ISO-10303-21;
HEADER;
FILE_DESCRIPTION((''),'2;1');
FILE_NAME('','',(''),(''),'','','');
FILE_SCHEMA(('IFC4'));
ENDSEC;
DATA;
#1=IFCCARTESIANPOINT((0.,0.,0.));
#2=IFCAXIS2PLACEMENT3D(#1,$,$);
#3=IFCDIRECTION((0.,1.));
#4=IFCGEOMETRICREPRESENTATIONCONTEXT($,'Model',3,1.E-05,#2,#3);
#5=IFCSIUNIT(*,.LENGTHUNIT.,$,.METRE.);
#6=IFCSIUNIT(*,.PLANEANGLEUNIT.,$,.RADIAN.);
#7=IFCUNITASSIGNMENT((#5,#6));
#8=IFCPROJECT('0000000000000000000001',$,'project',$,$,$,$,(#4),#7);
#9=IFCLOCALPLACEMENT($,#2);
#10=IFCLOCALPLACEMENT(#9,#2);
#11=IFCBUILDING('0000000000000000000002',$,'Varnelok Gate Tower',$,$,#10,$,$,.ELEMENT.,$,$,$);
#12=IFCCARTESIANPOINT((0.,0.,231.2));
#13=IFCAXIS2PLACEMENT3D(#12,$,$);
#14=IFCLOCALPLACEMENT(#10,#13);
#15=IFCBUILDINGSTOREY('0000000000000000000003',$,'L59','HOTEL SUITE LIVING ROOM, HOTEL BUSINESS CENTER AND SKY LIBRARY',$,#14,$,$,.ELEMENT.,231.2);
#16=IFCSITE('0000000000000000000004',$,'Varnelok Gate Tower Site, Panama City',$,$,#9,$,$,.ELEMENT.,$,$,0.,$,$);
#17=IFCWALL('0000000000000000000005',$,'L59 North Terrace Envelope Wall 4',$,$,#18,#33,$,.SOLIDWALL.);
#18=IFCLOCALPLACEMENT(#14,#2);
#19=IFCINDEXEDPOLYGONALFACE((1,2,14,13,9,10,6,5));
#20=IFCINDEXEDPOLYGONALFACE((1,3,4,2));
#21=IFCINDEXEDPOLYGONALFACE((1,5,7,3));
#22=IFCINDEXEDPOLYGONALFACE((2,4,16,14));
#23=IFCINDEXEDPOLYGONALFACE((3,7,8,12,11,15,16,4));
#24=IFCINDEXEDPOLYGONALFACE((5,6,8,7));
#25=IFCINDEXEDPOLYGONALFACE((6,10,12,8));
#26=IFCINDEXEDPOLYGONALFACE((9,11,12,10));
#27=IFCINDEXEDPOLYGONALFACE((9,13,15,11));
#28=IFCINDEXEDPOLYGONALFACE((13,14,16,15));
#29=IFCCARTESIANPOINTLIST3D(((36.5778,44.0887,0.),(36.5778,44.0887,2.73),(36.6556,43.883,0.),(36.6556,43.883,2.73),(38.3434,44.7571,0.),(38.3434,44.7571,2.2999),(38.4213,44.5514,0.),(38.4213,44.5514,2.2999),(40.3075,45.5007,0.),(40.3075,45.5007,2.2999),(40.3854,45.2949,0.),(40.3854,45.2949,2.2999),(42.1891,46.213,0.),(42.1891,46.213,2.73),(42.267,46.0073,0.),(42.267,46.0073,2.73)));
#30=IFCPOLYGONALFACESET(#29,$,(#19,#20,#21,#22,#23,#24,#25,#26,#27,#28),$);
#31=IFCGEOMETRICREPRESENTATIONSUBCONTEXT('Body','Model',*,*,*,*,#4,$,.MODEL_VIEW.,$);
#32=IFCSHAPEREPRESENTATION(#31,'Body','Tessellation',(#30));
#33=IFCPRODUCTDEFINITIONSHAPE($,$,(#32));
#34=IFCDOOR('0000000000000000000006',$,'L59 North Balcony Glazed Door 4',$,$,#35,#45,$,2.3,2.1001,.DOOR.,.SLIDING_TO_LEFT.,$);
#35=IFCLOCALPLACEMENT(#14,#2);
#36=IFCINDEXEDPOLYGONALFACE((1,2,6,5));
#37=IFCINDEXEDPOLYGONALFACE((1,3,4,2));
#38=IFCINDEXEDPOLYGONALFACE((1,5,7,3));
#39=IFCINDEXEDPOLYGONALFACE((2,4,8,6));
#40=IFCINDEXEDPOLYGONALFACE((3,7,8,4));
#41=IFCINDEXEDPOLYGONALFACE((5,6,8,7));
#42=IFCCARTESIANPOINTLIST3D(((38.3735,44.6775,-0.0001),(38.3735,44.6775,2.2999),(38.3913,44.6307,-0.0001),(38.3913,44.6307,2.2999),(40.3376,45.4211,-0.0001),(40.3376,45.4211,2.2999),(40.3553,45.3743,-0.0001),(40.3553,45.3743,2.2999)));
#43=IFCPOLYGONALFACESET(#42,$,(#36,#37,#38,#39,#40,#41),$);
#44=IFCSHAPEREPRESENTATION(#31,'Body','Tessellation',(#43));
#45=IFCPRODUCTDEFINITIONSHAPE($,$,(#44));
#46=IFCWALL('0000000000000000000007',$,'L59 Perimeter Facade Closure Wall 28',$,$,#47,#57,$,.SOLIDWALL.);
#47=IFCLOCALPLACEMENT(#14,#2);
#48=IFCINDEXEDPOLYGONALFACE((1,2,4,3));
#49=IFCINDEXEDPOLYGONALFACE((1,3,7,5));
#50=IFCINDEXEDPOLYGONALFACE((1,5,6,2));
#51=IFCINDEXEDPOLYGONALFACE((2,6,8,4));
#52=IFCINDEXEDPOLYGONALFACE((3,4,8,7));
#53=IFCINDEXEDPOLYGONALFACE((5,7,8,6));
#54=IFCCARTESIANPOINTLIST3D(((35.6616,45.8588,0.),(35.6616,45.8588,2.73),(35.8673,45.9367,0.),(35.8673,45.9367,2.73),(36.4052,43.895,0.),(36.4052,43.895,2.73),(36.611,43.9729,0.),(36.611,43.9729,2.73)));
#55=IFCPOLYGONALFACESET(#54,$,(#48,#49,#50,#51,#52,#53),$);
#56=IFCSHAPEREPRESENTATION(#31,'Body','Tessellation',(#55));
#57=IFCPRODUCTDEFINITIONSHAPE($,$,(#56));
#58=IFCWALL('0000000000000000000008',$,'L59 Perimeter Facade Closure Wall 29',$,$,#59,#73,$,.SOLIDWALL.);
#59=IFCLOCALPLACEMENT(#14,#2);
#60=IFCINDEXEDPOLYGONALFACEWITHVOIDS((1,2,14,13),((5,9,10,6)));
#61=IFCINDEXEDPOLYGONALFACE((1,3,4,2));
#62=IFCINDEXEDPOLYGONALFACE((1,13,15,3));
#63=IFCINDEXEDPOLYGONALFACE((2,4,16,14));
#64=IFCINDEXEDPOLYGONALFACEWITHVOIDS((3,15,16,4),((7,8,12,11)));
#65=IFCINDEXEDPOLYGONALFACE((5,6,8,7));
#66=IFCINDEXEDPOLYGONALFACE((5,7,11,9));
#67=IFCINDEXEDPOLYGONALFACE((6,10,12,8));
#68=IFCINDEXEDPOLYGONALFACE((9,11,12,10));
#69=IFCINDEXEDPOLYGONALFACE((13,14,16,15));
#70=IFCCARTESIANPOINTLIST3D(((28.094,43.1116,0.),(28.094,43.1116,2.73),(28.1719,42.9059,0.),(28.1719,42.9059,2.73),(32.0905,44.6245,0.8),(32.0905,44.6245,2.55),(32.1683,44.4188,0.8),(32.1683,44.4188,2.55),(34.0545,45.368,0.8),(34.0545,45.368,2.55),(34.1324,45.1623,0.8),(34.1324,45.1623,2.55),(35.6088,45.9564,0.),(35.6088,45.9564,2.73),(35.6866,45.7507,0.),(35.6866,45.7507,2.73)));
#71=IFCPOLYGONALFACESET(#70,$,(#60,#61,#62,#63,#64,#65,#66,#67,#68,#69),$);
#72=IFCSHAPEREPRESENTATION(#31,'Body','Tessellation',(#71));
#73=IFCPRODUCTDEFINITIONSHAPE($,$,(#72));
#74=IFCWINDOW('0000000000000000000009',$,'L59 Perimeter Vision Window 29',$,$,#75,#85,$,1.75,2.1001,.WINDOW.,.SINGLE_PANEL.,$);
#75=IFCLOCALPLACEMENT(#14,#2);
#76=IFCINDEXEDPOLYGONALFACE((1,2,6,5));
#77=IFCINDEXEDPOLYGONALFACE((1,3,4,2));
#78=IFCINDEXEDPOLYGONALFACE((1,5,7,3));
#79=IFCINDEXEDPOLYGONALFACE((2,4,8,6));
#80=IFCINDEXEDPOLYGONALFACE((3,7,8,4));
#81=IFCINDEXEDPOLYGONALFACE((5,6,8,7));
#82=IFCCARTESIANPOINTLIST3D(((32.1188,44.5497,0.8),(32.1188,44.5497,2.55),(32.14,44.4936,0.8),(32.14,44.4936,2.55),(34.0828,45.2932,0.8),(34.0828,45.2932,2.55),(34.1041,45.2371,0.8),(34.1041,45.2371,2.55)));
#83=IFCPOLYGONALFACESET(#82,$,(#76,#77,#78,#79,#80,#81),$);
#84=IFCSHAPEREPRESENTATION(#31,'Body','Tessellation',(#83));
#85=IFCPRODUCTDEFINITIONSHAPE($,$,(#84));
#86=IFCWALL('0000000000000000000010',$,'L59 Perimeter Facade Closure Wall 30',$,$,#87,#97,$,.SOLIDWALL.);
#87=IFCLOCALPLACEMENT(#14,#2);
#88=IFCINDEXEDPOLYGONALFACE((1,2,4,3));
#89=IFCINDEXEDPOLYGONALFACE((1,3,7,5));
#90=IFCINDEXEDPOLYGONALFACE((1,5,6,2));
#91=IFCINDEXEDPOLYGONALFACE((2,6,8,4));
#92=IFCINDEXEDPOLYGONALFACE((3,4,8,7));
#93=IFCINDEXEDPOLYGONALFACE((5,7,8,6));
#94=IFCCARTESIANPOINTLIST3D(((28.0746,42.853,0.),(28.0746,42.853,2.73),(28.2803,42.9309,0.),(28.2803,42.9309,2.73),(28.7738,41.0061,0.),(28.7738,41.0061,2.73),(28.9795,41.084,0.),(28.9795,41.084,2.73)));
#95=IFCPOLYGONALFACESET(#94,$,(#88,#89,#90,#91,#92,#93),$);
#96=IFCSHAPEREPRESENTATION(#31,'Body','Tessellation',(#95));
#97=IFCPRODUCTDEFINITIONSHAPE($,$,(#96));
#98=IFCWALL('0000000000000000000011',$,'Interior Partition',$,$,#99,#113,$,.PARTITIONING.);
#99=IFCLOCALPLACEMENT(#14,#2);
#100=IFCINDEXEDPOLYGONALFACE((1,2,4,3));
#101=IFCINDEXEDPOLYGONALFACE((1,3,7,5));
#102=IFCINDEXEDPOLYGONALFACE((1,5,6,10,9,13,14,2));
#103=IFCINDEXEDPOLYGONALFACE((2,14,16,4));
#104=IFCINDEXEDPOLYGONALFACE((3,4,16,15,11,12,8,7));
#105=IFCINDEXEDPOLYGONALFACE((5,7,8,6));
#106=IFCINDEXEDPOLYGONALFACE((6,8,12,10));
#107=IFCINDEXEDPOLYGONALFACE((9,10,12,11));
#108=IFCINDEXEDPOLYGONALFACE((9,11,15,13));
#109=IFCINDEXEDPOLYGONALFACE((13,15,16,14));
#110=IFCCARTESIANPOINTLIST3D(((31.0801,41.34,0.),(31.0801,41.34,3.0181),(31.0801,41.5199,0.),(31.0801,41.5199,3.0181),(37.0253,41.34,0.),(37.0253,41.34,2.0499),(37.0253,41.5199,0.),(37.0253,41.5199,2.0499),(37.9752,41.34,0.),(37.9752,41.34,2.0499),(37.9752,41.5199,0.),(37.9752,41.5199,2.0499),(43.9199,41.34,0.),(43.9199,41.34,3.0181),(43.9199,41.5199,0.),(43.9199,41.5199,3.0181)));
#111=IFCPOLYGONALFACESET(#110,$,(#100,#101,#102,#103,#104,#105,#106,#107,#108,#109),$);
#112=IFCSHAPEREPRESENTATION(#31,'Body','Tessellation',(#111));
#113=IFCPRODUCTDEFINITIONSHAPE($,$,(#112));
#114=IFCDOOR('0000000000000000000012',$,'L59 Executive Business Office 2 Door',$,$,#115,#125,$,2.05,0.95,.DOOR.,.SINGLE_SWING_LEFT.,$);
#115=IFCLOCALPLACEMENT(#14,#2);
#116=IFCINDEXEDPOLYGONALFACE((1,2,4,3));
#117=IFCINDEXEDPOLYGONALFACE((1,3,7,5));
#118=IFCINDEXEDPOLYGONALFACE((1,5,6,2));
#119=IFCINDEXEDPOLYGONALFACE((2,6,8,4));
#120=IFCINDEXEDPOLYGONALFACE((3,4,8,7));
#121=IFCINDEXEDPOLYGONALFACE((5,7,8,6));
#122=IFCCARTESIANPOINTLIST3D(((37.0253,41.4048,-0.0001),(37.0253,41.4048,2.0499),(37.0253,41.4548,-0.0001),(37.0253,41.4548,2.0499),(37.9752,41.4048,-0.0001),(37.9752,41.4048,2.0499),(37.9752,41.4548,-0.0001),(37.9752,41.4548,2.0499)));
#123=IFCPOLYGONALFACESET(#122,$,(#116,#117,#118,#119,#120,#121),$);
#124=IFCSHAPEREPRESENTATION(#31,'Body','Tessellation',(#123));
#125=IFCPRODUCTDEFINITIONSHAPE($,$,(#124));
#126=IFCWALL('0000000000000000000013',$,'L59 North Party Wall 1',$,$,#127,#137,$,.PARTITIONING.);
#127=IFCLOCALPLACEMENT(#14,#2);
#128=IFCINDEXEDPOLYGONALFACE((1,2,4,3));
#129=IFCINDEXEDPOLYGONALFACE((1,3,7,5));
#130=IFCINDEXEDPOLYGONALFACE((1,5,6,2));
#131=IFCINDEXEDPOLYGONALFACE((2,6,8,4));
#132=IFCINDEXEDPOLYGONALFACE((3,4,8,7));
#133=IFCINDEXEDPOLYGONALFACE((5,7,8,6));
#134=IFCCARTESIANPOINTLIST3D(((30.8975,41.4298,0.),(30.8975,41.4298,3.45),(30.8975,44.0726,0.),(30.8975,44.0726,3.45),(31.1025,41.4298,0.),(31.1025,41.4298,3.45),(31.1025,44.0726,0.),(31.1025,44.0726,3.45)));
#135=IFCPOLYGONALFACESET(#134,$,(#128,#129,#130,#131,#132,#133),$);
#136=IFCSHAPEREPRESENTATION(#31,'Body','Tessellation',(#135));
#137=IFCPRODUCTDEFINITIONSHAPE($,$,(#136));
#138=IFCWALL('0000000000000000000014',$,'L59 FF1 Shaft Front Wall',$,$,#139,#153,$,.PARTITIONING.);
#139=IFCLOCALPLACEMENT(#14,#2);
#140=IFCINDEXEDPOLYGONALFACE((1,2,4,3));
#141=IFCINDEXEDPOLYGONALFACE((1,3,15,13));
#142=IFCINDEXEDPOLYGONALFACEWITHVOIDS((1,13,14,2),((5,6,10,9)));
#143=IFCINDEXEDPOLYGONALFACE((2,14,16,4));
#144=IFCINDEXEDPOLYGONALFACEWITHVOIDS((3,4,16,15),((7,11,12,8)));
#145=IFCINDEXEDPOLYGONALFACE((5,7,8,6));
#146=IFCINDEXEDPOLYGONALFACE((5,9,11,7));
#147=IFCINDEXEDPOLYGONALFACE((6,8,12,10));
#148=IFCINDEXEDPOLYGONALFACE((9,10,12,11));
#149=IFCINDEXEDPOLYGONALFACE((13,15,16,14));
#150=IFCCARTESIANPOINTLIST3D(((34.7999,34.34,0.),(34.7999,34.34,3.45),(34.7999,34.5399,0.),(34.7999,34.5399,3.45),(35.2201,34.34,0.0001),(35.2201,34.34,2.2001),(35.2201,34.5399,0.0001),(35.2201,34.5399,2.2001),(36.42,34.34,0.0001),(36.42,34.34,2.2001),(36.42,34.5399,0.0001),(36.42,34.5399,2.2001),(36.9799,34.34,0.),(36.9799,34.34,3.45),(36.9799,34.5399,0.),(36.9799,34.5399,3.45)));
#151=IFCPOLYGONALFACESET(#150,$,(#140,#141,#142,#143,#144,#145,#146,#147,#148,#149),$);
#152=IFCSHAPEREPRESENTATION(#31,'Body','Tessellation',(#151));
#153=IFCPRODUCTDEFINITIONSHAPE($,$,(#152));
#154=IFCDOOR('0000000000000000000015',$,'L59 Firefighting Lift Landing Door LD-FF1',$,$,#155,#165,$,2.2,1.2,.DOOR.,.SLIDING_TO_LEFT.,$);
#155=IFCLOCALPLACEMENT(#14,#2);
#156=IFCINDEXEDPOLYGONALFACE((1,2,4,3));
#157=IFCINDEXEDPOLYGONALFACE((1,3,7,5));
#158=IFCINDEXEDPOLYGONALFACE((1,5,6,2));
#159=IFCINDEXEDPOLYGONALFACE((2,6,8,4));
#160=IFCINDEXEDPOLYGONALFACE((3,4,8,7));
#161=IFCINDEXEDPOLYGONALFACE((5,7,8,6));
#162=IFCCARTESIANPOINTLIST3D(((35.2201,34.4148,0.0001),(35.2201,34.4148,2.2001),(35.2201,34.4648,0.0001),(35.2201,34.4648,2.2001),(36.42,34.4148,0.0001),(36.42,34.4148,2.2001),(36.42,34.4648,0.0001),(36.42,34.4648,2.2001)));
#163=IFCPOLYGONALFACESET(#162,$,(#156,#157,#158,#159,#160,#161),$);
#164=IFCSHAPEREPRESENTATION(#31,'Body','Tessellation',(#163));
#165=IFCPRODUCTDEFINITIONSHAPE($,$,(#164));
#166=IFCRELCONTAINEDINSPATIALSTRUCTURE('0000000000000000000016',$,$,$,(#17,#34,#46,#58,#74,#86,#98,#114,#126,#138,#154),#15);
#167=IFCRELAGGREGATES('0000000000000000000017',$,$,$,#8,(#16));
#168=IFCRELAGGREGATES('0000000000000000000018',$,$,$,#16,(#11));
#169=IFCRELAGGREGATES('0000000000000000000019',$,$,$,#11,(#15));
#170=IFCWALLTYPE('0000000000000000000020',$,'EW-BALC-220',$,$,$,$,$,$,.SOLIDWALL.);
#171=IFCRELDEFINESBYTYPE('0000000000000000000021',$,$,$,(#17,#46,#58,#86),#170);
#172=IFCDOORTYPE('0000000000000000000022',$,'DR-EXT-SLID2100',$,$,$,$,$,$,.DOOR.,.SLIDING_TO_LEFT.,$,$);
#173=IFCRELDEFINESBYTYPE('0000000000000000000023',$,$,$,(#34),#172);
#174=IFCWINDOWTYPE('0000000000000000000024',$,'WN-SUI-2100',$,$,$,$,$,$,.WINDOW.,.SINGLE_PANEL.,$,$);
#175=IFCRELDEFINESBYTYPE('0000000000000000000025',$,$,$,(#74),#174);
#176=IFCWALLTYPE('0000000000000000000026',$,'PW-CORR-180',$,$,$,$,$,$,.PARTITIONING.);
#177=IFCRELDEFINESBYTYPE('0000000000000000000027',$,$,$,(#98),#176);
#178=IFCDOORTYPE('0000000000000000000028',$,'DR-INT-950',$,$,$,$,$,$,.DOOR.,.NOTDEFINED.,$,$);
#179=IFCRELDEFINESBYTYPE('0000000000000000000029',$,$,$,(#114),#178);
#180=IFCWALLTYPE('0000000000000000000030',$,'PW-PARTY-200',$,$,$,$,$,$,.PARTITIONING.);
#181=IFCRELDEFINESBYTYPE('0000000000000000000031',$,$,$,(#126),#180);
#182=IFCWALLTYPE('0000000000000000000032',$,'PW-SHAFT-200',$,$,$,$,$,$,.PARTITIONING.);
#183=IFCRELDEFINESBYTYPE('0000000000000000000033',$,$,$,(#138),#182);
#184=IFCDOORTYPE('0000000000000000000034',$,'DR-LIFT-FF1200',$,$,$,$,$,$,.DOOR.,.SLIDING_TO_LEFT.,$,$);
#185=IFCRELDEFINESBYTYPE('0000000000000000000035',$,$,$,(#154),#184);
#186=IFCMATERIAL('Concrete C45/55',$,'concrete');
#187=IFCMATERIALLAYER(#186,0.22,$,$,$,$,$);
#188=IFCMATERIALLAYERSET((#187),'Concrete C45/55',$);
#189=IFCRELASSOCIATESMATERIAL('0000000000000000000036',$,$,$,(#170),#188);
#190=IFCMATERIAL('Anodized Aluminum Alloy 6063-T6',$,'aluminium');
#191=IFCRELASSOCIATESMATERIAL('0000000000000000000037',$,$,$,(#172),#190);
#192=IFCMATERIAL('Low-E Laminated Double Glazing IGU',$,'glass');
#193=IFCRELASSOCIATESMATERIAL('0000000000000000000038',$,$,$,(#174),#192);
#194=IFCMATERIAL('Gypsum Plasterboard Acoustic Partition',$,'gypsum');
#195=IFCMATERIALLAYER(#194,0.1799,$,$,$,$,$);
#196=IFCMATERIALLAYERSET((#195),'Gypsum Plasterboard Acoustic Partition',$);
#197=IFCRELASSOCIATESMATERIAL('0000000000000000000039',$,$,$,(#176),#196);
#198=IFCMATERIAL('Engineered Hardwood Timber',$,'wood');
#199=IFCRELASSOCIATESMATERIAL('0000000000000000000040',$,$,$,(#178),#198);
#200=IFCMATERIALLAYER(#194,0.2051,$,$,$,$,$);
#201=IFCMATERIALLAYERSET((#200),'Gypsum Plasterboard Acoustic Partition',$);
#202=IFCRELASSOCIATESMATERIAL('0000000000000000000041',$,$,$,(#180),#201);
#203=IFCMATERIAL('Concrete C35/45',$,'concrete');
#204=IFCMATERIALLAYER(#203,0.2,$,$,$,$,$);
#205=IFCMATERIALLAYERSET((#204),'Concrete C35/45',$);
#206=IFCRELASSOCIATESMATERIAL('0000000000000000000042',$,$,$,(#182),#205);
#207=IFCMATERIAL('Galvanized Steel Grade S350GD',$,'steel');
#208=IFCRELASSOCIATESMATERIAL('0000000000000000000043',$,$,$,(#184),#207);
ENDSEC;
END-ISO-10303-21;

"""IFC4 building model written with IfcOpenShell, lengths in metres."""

from ifc_helpers import new_model, si_unit, direction, frame, frame_2d, origin, place, context, subcontext, project, spatial, rectangle, extrude, material, layer, layer_set, type_object, element, fill, save


model = new_model("IFC4")

# Units and contexts
model_context = context("Model", 3, precision=1e-05, world=origin(), true_north=direction((0.0, 1.0)))
body_context = subcontext(model_context, "Body", "Model", "MODEL_VIEW")
ifc_project = project(units=[si_unit("LENGTHUNIT", "METRE"), si_unit("PLANEANGLEUNIT", "RADIAN")], contexts=[model_context])

# Site, building, storey
site_placement = place(None, origin())
site = spatial("IfcSite", under=ifc_project, at=site_placement, Name="Varnelok Gate Tower Site, Panama City", CompositionType="ELEMENT", RefElevation=0.0)
building_placement = place(site_placement, origin())
building = spatial("IfcBuilding", under=site, at=building_placement, Name="Varnelok Gate Tower", CompositionType="ELEMENT")
storey_placement = place(building_placement, frame((0.0, 0.0, 231.2)))
storey = spatial("IfcBuildingStorey", under=building, at=storey_placement, Name="L59", Description="HOTEL SUITE LIVING ROOM, HOTEL BUSINESS CENTER AND SKY LIBRARY", CompositionType="ELEMENT", Elevation=231.2)

# Wall, opening, door
ifc_material_1 = material(Name="Concrete C45/55", Category="concrete")
ifc_layer_1 = layer(ifc_material_1, 0.22)
ifc_layer_set_1 = layer_set([ifc_layer_1], Name="Concrete C45/55")
wall_type_1 = type_object("IfcWallType", Name="EW-BALC-220", PredefinedType="SOLIDWALL", material=ifc_layer_set_1)
wall_1_placement = place(storey_placement, frame((36.6167, 43.9858, 0.0), z_axis=(0.0, 0.0, 1.0), x_axis=(0.935228, 0.354047, 0.0)))
wall_1 = element("IfcWall", 1, at=wall_1_placement, inside=storey, type_object=wall_type_1, Name="L59 North Terrace Envelope Wall 4", PredefinedType="SOLIDWALL", context=body_context, shape_type="SweptSolid", body=[
    extrude(rectangle(XDim=6.0, YDim=0.22, at=frame_2d((3.0, 0.0))), origin(), (0.0, 0.0, 1.0), 2.73),
])
opening_1_placement = place(wall_1_placement, frame((1.8879, 0.0, 0.0)))
opening_1 = element("IfcOpeningElement", 2, at=opening_1_placement, cuts=wall_1, PredefinedType="OPENING", context=body_context, shape_type="SweptSolid", body=[
    extrude(rectangle(XDim=2.1001, YDim=2.3, at=frame_2d((1.05, 1.1499))), frame((0.0, 0.1199, 0.0), z_axis=(0.0, -1.0, 0.0), x_axis=(1.0, 0.0, 0.0)), (0.0, 0.0, 1.0), 0.24),
])
ifc_material_2 = material(Name="Anodized Aluminum Alloy 6063-T6", Category="aluminium")
door_type_1 = type_object("IfcDoorType", Name="DR-EXT-SLID2100", OperationType="SLIDING_TO_LEFT", PredefinedType="DOOR", material=ifc_material_2)
door_1_placement = place(opening_1_placement, origin())
door_1 = element("IfcDoor", 3, at=door_1_placement, inside=storey, type_object=door_type_1, Name="L59 North Balcony Glazed Door 4", OperationType="SLIDING_TO_LEFT", OverallHeight=2.3, OverallWidth=2.1001, PredefinedType="DOOR", context=body_context, shape_type="SweptSolid", body=[
    extrude(rectangle(XDim=2.1001, YDim=2.3, at=frame_2d((1.05, 1.1499))), frame((0.0, 0.0249, 0.0), z_axis=(0.0, -1.0, 0.0), x_axis=(1.0, 0.0, 0.0)), (0.0, 0.0, 1.0), 0.05),
])
fill(opening_1, door_1)

# Wall
wall_2_placement = place(storey_placement, frame((36.5081, 43.9341, 0.0), z_axis=(0.0, 0.0, 1.0), x_axis=(-0.354128, 0.935197, 0.0)))
element("IfcWall", 4, at=wall_2_placement, inside=storey, type_object=wall_type_1, Name="L59 Perimeter Facade Closure Wall 28", PredefinedType="SOLIDWALL", context=body_context, shape_type="SweptSolid", body=[
    extrude(rectangle(XDim=2.0999, YDim=0.22, at=frame_2d((1.0498, 0.0))), origin(), (0.0, 0.0, 1.0), 2.73),
])

# Wall, opening, window
wall_3_placement = place(storey_placement, frame((35.6477, 45.8535, 0.0), z_axis=(0.0, 0.0, 1.0), x_axis=(-0.935231, -0.354039, 0.0)))
wall_3 = element("IfcWall", 5, at=wall_3_placement, inside=storey, type_object=wall_type_1, Name="L59 Perimeter Facade Closure Wall 29", PredefinedType="SOLIDWALL", context=body_context, shape_type="SweptSolid", body=[
    extrude(rectangle(XDim=8.0352, YDim=0.22, at=frame_2d((4.0176, 0.0))), origin(), (0.0, 0.0, 1.0), 2.73),
])
opening_2_placement = place(wall_3_placement, frame((1.6619, 0.0, 0.8)))
opening_2 = element("IfcOpeningElement", 6, at=opening_2_placement, cuts=wall_3, PredefinedType="OPENING", context=body_context, shape_type="SweptSolid", body=[
    extrude(rectangle(XDim=2.1001, YDim=1.75, at=frame_2d((1.05, 0.875))), frame((0.0, 0.1199, 0.0), z_axis=(0.0, -1.0, 0.0), x_axis=(1.0, 0.0, 0.0)), (0.0, 0.0, 1.0), 0.24),
])
ifc_material_3 = material(Name="Low-E Laminated Double Glazing IGU", Category="glass")
window_type = type_object("IfcWindowType", Name="WN-SUI-2100", PartitioningType="SINGLE_PANEL", PredefinedType="WINDOW", material=ifc_material_3)
window_placement = place(opening_2_placement, origin())
window = element("IfcWindow", 7, at=window_placement, inside=storey, type_object=window_type, Name="L59 Perimeter Vision Window 29", OverallHeight=1.75, OverallWidth=2.1001, PartitioningType="SINGLE_PANEL", PredefinedType="WINDOW", context=body_context, shape_type="SweptSolid", body=[
    extrude(rectangle(XDim=2.1001, YDim=1.75, at=frame_2d((1.05, 0.875))), frame((0.0, 0.03, 0.0), z_axis=(0.0, -1.0, 0.0), x_axis=(1.0, 0.0, 0.0)), (0.0, 0.0, 1.0), 0.0601),
])
fill(opening_2, window)

# Wall
wall_4_placement = place(storey_placement, frame((28.1775, 42.8918, 0.0), z_axis=(0.0, 0.0, 1.0), x_axis=(0.354062, -0.935222, 0.0)))
element("IfcWall", 8, at=wall_4_placement, inside=storey, type_object=wall_type_1, Name="L59 Perimeter Facade Closure Wall 30", PredefinedType="SOLIDWALL", context=body_context, shape_type="SweptSolid", body=[
    extrude(rectangle(XDim=1.9749, YDim=0.22, at=frame_2d((0.9873, 0.0))), origin(), (0.0, 0.0, 1.0), 2.73),
])

# Wall, opening, door
ifc_material_4 = material(Name="Gypsum Plasterboard Acoustic Partition", Category="gypsum")
ifc_layer_2 = layer(ifc_material_4, 0.1799)
ifc_layer_set_2 = layer_set([ifc_layer_2], Name="Gypsum Plasterboard Acoustic Partition")
wall_type_2 = type_object("IfcWallType", Name="PW-CORR-180", PredefinedType="PARTITIONING", material=ifc_layer_set_2)
wall_5_placement = place(storey_placement, frame((31.0801, 41.4299, 0.0), z_axis=(0.0, 0.0, 1.0), x_axis=(1.0, 0.0, 0.0)))
wall_5 = element("IfcWall", 9, at=wall_5_placement, inside=storey, type_object=wall_type_2, Name="Interior Partition", PredefinedType="PARTITIONING", context=body_context, shape_type="SweptSolid", body=[
    extrude(rectangle(XDim=12.8398, YDim=0.1799, at=frame_2d((6.4199, 0.0))), origin(), (0.0, 0.0, 1.0), 3.0181),
])
opening_3_placement = place(wall_5_placement, frame((5.9451, 0.0, 0.0)))
opening_3 = element("IfcOpeningElement", 10, at=opening_3_placement, cuts=wall_5, PredefinedType="OPENING", context=body_context, shape_type="SweptSolid", body=[
    extrude(rectangle(XDim=0.95, YDim=2.05, at=frame_2d((0.4751, 1.0249))), frame((0.0, 0.0999, 0.0), z_axis=(0.0, -1.0, 0.0), x_axis=(1.0, 0.0, 0.0)), (0.0, 0.0, 1.0), 0.2),
])
ifc_material_5 = material(Name="Engineered Hardwood Timber", Category="wood")
door_type_2 = type_object("IfcDoorType", Name="DR-INT-950", OperationType="NOTDEFINED", PredefinedType="DOOR", material=ifc_material_5)
door_2_placement = place(opening_3_placement, origin())
door_2 = element("IfcDoor", 11, at=door_2_placement, inside=storey, type_object=door_type_2, Name="L59 Executive Business Office 2 Door", OperationType="SINGLE_SWING_LEFT", OverallHeight=2.05, OverallWidth=0.95, PredefinedType="DOOR", context=body_context, shape_type="SweptSolid", body=[
    extrude(rectangle(XDim=0.95, YDim=2.05, at=frame_2d((0.4751, 1.0249))), frame((0.0, 0.0249, 0.0), z_axis=(0.0, -1.0, 0.0), x_axis=(1.0, 0.0, 0.0)), (0.0, 0.0, 1.0), 0.05),
])
fill(opening_3, door_2)

# Wall
ifc_layer_3 = layer(ifc_material_4, 0.2051)
ifc_layer_set_3 = layer_set([ifc_layer_3], Name="Gypsum Plasterboard Acoustic Partition")
wall_type_3 = type_object("IfcWallType", Name="PW-PARTY-200", PredefinedType="PARTITIONING", material=ifc_layer_set_3)
wall_6_placement = place(storey_placement, frame((31.0, 41.4299, 0.0), z_axis=(0.0, 0.0, 1.0), x_axis=(0.0, 1.0, 0.0)))
element("IfcWall", 12, at=wall_6_placement, inside=storey, type_object=wall_type_3, Name="L59 North Party Wall 1", PredefinedType="PARTITIONING", context=body_context, shape_type="SweptSolid", body=[
    extrude(rectangle(XDim=2.6428, YDim=0.2051, at=frame_2d((1.3213, 0.0))), origin(), (0.0, 0.0, 1.0), 3.45),
])

# Wall, opening, door
ifc_material_6 = material(Name="Concrete C35/45", Category="concrete")
ifc_layer_4 = layer(ifc_material_6, 0.2)
ifc_layer_set_4 = layer_set([ifc_layer_4], Name="Concrete C35/45")
wall_type_4 = type_object("IfcWallType", Name="PW-SHAFT-200", PredefinedType="PARTITIONING", material=ifc_layer_set_4)
wall_7_placement = place(storey_placement, frame((34.8, 34.4399, 0.0), z_axis=(0.0, 0.0, 1.0), x_axis=(1.0, 0.0, 0.0)))
wall_7 = element("IfcWall", 13, at=wall_7_placement, inside=storey, type_object=wall_type_4, Name="L59 FF1 Shaft Front Wall", PredefinedType="PARTITIONING", context=body_context, shape_type="SweptSolid", body=[
    extrude(rectangle(XDim=2.1799, YDim=0.2, at=frame_2d((1.0898, 0.0))), origin(), (0.0, 0.0, 1.0), 3.45),
])
opening_4_placement = place(wall_7_placement, frame((0.4199, 0.0, 0.0)))
opening_4 = element("IfcOpeningElement", 14, at=opening_4_placement, cuts=wall_7, PredefinedType="OPENING", context=body_context, shape_type="SweptSolid", body=[
    extrude(rectangle(XDim=1.2, YDim=2.2, at=frame_2d((0.6001, 1.1001))), frame((0.0, 0.1099, 0.0), z_axis=(0.0, -1.0, 0.0), x_axis=(1.0, 0.0, 0.0)), (0.0, 0.0, 1.0), 0.22),
])
ifc_material_7 = material(Name="Galvanized Steel Grade S350GD", Category="steel")
door_type_3 = type_object("IfcDoorType", Name="DR-LIFT-FF1200", OperationType="SLIDING_TO_LEFT", PredefinedType="DOOR", material=ifc_material_7)
door_3_placement = place(opening_4_placement, origin())
door_3 = element("IfcDoor", 15, at=door_3_placement, inside=storey, type_object=door_type_3, Name="L59 Firefighting Lift Landing Door LD-FF1", OperationType="SLIDING_TO_LEFT", OverallHeight=2.2, OverallWidth=1.2, PredefinedType="DOOR", context=body_context, shape_type="SweptSolid", body=[
    extrude(rectangle(XDim=1.2, YDim=2.2, at=frame_2d((0.6001, 1.1001))), frame((0.0, 0.0249, 0.0), z_axis=(0.0, -1.0, 0.0), x_axis=(1.0, 0.0, 0.0)), (0.0, 0.0, 1.0), 0.05),
])
fill(opening_4, door_3)

save(model, "model.ifc")
